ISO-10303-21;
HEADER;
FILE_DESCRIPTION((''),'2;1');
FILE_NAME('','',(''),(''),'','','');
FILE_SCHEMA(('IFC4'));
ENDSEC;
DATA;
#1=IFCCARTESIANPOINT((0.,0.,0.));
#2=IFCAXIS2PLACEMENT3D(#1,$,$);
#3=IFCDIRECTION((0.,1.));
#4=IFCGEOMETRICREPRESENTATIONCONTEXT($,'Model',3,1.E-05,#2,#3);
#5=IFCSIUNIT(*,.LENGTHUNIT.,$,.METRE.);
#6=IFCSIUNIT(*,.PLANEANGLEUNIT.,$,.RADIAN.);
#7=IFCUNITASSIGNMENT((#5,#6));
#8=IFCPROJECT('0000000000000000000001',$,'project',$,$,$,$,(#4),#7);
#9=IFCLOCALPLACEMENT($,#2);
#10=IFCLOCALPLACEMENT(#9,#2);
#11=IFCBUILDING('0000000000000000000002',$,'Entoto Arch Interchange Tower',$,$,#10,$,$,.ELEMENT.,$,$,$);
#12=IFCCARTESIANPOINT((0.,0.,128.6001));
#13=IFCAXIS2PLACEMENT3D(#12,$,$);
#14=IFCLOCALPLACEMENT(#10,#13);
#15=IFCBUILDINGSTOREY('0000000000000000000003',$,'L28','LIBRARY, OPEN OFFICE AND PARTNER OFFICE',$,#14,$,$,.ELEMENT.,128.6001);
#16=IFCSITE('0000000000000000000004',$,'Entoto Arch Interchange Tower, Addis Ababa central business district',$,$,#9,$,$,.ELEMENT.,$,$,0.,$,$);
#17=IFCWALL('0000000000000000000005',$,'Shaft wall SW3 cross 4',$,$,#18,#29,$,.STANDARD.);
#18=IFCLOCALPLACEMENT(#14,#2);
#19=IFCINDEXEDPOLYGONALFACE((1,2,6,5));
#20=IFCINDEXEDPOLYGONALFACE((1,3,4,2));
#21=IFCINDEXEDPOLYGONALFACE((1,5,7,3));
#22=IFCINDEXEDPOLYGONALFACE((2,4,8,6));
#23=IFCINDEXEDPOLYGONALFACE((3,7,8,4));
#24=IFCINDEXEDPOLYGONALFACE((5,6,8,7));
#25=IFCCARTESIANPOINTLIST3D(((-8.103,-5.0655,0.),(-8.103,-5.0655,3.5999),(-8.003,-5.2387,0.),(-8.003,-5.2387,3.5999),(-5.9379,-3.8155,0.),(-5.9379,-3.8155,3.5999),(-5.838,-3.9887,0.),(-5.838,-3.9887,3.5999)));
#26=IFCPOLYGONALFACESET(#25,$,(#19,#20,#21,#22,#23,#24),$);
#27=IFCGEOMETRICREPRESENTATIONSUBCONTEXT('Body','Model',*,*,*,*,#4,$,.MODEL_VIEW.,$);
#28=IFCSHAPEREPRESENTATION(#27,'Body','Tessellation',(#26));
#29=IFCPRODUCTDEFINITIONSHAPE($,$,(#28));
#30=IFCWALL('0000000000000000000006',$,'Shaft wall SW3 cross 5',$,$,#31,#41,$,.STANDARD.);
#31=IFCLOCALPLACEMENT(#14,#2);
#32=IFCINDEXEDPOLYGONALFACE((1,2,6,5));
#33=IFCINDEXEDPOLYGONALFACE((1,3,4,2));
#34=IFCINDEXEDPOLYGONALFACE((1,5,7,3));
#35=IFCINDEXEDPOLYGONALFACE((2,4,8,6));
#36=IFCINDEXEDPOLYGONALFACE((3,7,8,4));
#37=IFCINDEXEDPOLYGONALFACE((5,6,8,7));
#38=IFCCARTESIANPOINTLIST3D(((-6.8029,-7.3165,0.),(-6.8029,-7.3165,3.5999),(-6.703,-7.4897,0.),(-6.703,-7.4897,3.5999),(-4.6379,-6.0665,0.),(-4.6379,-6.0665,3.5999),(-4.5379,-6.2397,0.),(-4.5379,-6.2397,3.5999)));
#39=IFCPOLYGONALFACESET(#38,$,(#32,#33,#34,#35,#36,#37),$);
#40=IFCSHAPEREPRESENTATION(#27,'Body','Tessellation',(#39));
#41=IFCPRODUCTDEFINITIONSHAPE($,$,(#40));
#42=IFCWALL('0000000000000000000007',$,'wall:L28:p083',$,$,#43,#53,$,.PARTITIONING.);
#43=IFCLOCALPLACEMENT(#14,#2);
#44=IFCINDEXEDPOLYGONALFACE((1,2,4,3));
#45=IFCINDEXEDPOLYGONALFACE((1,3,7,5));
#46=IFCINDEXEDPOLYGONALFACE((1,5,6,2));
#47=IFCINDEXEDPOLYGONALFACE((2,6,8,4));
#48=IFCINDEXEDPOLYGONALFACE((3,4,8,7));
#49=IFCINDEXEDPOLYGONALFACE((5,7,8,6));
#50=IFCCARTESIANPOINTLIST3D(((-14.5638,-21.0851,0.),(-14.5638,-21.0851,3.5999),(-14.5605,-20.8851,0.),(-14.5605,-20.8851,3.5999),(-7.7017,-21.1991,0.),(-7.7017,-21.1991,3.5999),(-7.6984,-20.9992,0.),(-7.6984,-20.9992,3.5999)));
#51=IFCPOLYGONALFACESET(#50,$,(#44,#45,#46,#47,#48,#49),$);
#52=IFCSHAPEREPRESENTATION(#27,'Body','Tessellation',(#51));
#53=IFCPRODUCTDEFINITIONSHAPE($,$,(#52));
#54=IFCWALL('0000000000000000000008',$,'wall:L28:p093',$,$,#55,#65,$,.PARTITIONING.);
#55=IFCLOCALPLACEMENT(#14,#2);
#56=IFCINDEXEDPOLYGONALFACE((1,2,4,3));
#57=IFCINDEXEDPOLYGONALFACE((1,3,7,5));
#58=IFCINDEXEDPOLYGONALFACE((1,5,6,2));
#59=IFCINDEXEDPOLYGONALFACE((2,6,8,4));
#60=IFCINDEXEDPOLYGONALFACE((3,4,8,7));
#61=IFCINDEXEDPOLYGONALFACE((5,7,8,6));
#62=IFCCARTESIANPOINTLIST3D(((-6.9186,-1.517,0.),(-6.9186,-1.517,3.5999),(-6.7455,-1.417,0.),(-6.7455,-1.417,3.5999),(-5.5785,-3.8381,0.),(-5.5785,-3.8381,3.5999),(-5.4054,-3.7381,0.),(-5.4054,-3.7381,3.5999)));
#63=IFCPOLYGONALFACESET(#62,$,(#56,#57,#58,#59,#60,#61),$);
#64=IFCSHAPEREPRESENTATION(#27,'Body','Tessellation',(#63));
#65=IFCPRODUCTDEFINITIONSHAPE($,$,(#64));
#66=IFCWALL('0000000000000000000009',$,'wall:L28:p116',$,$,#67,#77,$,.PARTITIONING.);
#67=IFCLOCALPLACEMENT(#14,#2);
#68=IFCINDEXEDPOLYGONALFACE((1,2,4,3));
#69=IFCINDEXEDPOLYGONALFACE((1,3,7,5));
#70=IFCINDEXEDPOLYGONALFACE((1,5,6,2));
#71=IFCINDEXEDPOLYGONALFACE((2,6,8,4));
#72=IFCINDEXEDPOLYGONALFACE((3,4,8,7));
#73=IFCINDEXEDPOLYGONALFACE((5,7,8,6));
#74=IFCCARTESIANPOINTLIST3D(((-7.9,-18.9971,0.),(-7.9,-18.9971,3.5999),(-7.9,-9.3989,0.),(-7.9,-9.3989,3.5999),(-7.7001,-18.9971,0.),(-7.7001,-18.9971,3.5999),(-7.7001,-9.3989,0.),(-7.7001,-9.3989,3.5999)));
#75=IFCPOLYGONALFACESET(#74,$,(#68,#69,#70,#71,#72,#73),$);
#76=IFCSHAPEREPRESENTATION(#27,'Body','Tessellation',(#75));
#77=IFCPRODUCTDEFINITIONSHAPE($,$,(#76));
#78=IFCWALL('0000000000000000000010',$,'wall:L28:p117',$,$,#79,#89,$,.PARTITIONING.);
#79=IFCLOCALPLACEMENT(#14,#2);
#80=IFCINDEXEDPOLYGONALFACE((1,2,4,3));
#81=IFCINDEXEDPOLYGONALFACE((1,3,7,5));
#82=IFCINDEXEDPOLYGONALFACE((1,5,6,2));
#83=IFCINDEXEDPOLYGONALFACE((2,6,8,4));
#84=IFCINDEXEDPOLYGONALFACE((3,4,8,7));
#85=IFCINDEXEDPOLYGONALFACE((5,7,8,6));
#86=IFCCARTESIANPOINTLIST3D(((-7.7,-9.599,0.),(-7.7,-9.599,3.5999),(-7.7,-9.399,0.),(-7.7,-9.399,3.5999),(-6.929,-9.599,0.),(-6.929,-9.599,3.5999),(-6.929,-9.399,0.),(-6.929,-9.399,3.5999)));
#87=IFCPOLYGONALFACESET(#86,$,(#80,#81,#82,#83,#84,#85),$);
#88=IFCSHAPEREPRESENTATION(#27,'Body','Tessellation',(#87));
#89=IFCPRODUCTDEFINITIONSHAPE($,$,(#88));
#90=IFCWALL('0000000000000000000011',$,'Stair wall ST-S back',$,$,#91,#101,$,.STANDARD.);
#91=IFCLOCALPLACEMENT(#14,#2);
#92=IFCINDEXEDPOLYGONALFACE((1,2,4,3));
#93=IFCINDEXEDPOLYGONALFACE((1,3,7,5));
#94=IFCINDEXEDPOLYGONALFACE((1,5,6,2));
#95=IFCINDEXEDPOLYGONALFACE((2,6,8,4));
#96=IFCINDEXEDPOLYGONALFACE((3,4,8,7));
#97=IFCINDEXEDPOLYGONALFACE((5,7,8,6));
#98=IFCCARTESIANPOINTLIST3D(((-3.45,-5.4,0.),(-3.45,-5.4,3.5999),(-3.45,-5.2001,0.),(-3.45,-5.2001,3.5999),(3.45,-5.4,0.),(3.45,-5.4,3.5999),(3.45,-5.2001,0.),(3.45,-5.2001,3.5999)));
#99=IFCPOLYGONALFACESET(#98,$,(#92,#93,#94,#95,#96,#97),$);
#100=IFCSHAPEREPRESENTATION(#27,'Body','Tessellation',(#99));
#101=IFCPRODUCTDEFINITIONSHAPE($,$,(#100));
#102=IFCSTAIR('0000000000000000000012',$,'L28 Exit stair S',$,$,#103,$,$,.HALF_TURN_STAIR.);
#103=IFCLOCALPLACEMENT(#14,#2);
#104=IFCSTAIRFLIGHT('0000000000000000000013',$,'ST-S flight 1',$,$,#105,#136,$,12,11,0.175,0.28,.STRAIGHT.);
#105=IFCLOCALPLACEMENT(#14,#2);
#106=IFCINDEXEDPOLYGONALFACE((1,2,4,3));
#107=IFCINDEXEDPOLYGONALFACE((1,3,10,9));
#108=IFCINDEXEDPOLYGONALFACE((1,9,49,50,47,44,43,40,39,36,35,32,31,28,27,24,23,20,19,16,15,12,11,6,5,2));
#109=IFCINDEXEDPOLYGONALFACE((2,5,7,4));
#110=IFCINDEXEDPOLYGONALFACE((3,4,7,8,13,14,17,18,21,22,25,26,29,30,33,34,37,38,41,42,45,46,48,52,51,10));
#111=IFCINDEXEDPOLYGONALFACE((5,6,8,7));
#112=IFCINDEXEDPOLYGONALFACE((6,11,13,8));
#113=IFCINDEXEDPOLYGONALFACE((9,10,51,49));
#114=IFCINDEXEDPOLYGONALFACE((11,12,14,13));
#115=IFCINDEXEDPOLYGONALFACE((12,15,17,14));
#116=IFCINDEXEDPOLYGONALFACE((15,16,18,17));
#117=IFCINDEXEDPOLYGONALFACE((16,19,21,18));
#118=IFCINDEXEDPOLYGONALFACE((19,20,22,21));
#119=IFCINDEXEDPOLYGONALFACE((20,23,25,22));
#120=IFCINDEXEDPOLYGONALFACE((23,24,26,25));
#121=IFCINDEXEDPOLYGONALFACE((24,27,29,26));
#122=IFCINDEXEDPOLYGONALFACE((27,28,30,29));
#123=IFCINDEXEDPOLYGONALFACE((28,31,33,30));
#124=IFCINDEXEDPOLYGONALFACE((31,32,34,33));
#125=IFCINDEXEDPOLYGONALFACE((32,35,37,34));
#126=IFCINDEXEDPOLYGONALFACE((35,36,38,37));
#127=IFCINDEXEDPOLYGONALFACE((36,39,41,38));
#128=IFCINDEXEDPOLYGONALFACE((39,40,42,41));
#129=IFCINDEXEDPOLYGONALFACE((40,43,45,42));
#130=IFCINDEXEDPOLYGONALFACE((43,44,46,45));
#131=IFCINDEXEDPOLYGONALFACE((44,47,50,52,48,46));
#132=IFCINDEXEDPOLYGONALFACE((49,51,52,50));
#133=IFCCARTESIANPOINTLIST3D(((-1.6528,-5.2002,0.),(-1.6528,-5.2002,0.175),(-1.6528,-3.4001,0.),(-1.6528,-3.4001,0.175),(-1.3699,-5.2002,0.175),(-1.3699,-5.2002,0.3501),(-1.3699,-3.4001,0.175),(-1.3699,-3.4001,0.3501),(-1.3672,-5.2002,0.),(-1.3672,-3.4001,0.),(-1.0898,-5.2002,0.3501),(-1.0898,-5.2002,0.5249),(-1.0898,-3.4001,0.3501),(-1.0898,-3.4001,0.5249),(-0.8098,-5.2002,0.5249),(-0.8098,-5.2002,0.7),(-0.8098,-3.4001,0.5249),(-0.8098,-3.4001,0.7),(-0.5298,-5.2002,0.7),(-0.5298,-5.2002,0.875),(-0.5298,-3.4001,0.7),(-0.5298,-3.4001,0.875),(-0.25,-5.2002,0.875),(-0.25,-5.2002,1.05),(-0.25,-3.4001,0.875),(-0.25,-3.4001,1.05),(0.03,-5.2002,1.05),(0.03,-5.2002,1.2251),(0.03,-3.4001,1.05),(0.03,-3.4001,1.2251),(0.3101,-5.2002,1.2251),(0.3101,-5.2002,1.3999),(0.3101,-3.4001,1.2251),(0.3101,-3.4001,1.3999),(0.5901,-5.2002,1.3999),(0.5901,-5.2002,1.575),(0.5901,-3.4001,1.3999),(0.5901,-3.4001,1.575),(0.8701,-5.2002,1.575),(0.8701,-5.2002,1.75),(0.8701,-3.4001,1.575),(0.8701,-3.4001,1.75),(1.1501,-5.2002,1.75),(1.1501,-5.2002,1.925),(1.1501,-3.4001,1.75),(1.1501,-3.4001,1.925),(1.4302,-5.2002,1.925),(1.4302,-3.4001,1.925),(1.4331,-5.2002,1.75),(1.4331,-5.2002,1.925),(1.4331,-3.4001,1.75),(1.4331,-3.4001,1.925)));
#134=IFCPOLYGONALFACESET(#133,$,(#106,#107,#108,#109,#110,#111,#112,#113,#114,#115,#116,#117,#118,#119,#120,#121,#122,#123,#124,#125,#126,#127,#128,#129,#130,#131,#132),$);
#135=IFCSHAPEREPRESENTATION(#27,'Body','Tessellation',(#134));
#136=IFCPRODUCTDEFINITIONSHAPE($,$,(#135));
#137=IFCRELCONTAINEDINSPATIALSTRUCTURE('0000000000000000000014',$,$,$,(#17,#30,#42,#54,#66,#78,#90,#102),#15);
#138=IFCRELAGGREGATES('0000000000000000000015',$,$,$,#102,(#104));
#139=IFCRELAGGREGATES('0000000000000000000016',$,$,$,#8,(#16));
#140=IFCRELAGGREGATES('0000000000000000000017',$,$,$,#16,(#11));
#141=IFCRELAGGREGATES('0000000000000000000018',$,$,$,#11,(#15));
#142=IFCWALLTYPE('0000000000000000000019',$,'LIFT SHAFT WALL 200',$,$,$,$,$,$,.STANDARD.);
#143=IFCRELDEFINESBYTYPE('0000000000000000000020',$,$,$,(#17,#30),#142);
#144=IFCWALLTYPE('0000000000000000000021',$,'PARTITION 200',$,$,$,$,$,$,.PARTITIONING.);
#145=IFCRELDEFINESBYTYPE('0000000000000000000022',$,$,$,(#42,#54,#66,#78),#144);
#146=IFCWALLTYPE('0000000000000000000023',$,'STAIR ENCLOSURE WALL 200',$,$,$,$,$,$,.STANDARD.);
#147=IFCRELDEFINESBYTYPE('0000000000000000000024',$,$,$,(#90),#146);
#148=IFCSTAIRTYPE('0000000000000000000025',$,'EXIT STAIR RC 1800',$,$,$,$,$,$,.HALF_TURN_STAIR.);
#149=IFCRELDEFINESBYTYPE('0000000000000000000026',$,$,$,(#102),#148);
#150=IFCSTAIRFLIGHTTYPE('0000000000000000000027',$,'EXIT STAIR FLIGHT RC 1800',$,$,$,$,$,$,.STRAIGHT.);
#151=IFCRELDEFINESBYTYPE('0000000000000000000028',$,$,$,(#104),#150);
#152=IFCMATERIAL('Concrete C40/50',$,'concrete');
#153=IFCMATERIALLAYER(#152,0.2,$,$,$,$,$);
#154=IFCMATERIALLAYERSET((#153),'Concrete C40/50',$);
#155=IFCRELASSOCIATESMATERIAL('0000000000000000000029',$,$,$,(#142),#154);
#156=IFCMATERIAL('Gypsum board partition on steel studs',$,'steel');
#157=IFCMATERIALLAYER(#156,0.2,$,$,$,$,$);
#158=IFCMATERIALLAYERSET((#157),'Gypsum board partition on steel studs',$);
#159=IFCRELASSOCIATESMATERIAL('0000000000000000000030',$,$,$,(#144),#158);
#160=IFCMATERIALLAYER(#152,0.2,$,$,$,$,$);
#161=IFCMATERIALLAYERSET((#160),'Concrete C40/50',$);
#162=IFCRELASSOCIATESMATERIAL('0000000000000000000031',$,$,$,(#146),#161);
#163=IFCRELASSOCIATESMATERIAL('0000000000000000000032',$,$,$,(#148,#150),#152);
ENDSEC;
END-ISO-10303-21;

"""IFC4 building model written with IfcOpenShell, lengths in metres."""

from ifc_helpers import new_model, si_unit, direction, frame, frame_2d, origin, place, context, subcontext, project, spatial, polyline, rectangle, outline, extrude, material, layer, layer_set, type_object, element, aggregate, save


model = new_model("IFC4")

# Units and contexts
model_context = context("Model", 3, precision=1e-05, world=origin(), true_north=direction((0.0, 1.0)))
body_context = subcontext(model_context, "Body", "Model", "MODEL_VIEW")
ifc_project = project(units=[si_unit("LENGTHUNIT", "METRE"), si_unit("PLANEANGLEUNIT", "RADIAN")], contexts=[model_context])

# Site, building, storey
site_placement = place(None, origin())
site = spatial("IfcSite", under=ifc_project, at=site_placement, Name="Entoto Arch Interchange Tower, Addis Ababa central business district", CompositionType="ELEMENT", RefElevation=0.0)
building_placement = place(site_placement, origin())
building = spatial("IfcBuilding", under=site, at=building_placement, Name="Entoto Arch Interchange Tower", CompositionType="ELEMENT")
storey_placement = place(building_placement, frame((0.0, 0.0, 128.6001)))
storey = spatial("IfcBuildingStorey", under=building, at=storey_placement, Name="L28", Description="LIBRARY, OPEN OFFICE AND PARTNER OFFICE", CompositionType="ELEMENT", Elevation=128.6001)

# Walls
ifc_material_1 = material(Name="Concrete C40/50", Category="concrete")
ifc_layer_1 = layer(ifc_material_1, 0.2)
ifc_layer_set_1 = layer_set([ifc_layer_1], Name="Concrete C40/50")
wall_type_1 = type_object("IfcWallType", Name="LIFT SHAFT WALL 200", PredefinedType="STANDARD", material=ifc_layer_set_1)
for number, where, z_axis, x_axis, name in (
    (1, (-5.8879, -3.9021, 0.0), (0.0, 0.0, 1.0), (-0.866023, -0.500004, 0.0), "Shaft wall SW3 cross 4"),
    (2, (-4.5879, -6.1531, 0.0), (0.0, 0.0, 1.0), (-0.866023, -0.500004, 0.0), "Shaft wall SW3 cross 5"),
):
    element("IfcWall", number, at=place(storey_placement, frame(where, z_axis=z_axis, x_axis=x_axis)), inside=storey, type_object=wall_type_1, Name=name, PredefinedType="STANDARD", context=body_context, shape_type="SweptSolid", body=[
        extrude(rectangle(XDim=2.5, YDim=0.2, at=frame_2d((1.25, 0.0))), origin(), (0.0, 0.0, 1.0), 3.5999),
    ])
ifc_material_2 = material(Name="Gypsum board partition on steel studs", Category="steel")
ifc_layer_2 = layer(ifc_material_2, 0.2)
ifc_layer_set_2 = layer_set([ifc_layer_2], Name="Gypsum board partition on steel studs")
wall_type_2 = type_object("IfcWallType", Name="PARTITION 200", PredefinedType="PARTITIONING", material=ifc_layer_set_2)
wall_1_placement = place(storey_placement, frame((-7.7, -21.0991, 0.0), z_axis=(0.0, 0.0, 1.0), x_axis=(-0.999862, 0.016613, 0.0)))
element("IfcWall", 3, at=wall_1_placement, inside=storey, type_object=wall_type_2, Name="wall:L28:p083", PredefinedType="PARTITIONING", context=body_context, shape_type="SweptSolid", body=[
    extrude(rectangle(XDim=6.863, YDim=0.2, at=frame_2d((3.4316, 0.0))), origin(), (0.0, 0.0, 1.0), 3.5999),
])
wall_2_placement = place(storey_placement, frame((-5.4919, -3.7881, 0.0), z_axis=(0.0, 0.0, 1.0), x_axis=(-0.500009, 0.86602, 0.0)))
element("IfcWall", 4, at=wall_2_placement, inside=storey, type_object=wall_type_2, Name="wall:L28:p093", PredefinedType="PARTITIONING", context=body_context, shape_type="SweptSolid", body=[
    extrude(rectangle(XDim=2.6802, YDim=0.2, at=frame_2d((1.3401, 0.0))), origin(), (0.0, 0.0, 1.0), 3.5999),
])
wall_3_placement = place(storey_placement, frame((-7.8, -18.9971, 0.0), z_axis=(0.0, 0.0, 1.0), x_axis=(0.0, 1.0, 0.0)))
element("IfcWall", 5, at=wall_3_placement, inside=storey, type_object=wall_type_2, Name="wall:L28:p116", PredefinedType="PARTITIONING", context=body_context, shape_type="SweptSolid", body=[
    extrude(rectangle(XDim=9.5981, YDim=0.2, at=frame_2d((4.7991, 0.0))), origin(), (0.0, 0.0, 1.0), 3.5999),
])
wall_4_placement = place(storey_placement, frame((-7.7, -9.499, 0.0), z_axis=(0.0, 0.0, 1.0), x_axis=(1.0, 0.0, 0.0)))
element("IfcWall", 6, at=wall_4_placement, inside=storey, type_object=wall_type_2, Name="wall:L28:p117", PredefinedType="PARTITIONING", context=body_context, shape_type="SweptSolid", body=[
    extrude(rectangle(XDim=0.771, YDim=0.2, at=frame_2d((0.3855, 0.0))), origin(), (0.0, 0.0, 1.0), 3.5999),
])
ifc_layer_3 = layer(ifc_material_1, 0.2)
ifc_layer_set_3 = layer_set([ifc_layer_3], Name="Concrete C40/50")
wall_type_3 = type_object("IfcWallType", Name="STAIR ENCLOSURE WALL 200", PredefinedType="STANDARD", material=ifc_layer_set_3)
wall_5_placement = place(storey_placement, frame((-3.45, -5.3, 0.0), z_axis=(0.0, 0.0, 1.0), x_axis=(1.0, 0.0, 0.0)))
element("IfcWall", 7, at=wall_5_placement, inside=storey, type_object=wall_type_3, Name="Stair wall ST-S back", PredefinedType="STANDARD", context=body_context, shape_type="SweptSolid", body=[
    extrude(rectangle(XDim=6.8999, YDim=0.2, at=frame_2d((3.45, 0.0))), origin(), (0.0, 0.0, 1.0), 3.5999),
])

# Stair, stair flight
stair_type = type_object("IfcStairType", Name="EXIT STAIR RC 1800", PredefinedType="HALF_TURN_STAIR", material=ifc_material_1)
stair_placement = place(storey_placement, origin())
stair = element("IfcStair", 8, at=stair_placement, inside=storey, type_object=stair_type, Name="L28 Exit stair S", PredefinedType="HALF_TURN_STAIR")
stair_flight_type = type_object("IfcStairFlightType", Name="EXIT STAIR FLIGHT RC 1800", PredefinedType="STRAIGHT", material=ifc_material_1)
stair_flight_placement = place(storey_placement, frame((-1.6499, -4.3, 0.0), z_axis=(0.0, 0.0, 1.0), x_axis=(1.0, 0.0, 0.0)))
stair_flight = element("IfcStairFlight", 9, at=stair_flight_placement, type_object=stair_flight_type, Name="ST-S flight 1", NumberOfRisers=12, NumberOfTreads=11, PredefinedType="STRAIGHT", RiserHeight=0.175, TreadLength=0.28, context=body_context, shape_type="SweptSolid", body=[
    extrude(outline(polyline([(-0.0029, 0.0), (-0.0029, 0.175), (0.28, 0.175), (0.28, 0.3501), (0.5601, 0.3501), (0.5601, 0.5249), (0.8401, 0.5249), (0.8401, 0.7), (1.1201, 0.7), (1.1201, 0.875), (1.3999, 0.875), (1.3999, 1.05), (1.6799, 1.05), (1.6799, 1.2251), (1.96, 1.2251), (1.96, 1.3999), (2.24, 1.3999), (2.24, 1.575), (2.52, 1.575), (2.52, 1.75), (2.8, 1.75), (2.8, 1.925), (3.0801, 1.925), (3.083, 1.925), (3.083, 1.75), (0.2827, 0.0), (-0.0029, 0.0)])), frame((0.0, 0.8999, 0.0), z_axis=(0.0, -1.0, 0.0), x_axis=(1.0, 0.0, 0.0)), (0.0, 0.0, 1.0), 1.8),
])
aggregate(stair, [stair_flight])

save(model, "model.ifc")
